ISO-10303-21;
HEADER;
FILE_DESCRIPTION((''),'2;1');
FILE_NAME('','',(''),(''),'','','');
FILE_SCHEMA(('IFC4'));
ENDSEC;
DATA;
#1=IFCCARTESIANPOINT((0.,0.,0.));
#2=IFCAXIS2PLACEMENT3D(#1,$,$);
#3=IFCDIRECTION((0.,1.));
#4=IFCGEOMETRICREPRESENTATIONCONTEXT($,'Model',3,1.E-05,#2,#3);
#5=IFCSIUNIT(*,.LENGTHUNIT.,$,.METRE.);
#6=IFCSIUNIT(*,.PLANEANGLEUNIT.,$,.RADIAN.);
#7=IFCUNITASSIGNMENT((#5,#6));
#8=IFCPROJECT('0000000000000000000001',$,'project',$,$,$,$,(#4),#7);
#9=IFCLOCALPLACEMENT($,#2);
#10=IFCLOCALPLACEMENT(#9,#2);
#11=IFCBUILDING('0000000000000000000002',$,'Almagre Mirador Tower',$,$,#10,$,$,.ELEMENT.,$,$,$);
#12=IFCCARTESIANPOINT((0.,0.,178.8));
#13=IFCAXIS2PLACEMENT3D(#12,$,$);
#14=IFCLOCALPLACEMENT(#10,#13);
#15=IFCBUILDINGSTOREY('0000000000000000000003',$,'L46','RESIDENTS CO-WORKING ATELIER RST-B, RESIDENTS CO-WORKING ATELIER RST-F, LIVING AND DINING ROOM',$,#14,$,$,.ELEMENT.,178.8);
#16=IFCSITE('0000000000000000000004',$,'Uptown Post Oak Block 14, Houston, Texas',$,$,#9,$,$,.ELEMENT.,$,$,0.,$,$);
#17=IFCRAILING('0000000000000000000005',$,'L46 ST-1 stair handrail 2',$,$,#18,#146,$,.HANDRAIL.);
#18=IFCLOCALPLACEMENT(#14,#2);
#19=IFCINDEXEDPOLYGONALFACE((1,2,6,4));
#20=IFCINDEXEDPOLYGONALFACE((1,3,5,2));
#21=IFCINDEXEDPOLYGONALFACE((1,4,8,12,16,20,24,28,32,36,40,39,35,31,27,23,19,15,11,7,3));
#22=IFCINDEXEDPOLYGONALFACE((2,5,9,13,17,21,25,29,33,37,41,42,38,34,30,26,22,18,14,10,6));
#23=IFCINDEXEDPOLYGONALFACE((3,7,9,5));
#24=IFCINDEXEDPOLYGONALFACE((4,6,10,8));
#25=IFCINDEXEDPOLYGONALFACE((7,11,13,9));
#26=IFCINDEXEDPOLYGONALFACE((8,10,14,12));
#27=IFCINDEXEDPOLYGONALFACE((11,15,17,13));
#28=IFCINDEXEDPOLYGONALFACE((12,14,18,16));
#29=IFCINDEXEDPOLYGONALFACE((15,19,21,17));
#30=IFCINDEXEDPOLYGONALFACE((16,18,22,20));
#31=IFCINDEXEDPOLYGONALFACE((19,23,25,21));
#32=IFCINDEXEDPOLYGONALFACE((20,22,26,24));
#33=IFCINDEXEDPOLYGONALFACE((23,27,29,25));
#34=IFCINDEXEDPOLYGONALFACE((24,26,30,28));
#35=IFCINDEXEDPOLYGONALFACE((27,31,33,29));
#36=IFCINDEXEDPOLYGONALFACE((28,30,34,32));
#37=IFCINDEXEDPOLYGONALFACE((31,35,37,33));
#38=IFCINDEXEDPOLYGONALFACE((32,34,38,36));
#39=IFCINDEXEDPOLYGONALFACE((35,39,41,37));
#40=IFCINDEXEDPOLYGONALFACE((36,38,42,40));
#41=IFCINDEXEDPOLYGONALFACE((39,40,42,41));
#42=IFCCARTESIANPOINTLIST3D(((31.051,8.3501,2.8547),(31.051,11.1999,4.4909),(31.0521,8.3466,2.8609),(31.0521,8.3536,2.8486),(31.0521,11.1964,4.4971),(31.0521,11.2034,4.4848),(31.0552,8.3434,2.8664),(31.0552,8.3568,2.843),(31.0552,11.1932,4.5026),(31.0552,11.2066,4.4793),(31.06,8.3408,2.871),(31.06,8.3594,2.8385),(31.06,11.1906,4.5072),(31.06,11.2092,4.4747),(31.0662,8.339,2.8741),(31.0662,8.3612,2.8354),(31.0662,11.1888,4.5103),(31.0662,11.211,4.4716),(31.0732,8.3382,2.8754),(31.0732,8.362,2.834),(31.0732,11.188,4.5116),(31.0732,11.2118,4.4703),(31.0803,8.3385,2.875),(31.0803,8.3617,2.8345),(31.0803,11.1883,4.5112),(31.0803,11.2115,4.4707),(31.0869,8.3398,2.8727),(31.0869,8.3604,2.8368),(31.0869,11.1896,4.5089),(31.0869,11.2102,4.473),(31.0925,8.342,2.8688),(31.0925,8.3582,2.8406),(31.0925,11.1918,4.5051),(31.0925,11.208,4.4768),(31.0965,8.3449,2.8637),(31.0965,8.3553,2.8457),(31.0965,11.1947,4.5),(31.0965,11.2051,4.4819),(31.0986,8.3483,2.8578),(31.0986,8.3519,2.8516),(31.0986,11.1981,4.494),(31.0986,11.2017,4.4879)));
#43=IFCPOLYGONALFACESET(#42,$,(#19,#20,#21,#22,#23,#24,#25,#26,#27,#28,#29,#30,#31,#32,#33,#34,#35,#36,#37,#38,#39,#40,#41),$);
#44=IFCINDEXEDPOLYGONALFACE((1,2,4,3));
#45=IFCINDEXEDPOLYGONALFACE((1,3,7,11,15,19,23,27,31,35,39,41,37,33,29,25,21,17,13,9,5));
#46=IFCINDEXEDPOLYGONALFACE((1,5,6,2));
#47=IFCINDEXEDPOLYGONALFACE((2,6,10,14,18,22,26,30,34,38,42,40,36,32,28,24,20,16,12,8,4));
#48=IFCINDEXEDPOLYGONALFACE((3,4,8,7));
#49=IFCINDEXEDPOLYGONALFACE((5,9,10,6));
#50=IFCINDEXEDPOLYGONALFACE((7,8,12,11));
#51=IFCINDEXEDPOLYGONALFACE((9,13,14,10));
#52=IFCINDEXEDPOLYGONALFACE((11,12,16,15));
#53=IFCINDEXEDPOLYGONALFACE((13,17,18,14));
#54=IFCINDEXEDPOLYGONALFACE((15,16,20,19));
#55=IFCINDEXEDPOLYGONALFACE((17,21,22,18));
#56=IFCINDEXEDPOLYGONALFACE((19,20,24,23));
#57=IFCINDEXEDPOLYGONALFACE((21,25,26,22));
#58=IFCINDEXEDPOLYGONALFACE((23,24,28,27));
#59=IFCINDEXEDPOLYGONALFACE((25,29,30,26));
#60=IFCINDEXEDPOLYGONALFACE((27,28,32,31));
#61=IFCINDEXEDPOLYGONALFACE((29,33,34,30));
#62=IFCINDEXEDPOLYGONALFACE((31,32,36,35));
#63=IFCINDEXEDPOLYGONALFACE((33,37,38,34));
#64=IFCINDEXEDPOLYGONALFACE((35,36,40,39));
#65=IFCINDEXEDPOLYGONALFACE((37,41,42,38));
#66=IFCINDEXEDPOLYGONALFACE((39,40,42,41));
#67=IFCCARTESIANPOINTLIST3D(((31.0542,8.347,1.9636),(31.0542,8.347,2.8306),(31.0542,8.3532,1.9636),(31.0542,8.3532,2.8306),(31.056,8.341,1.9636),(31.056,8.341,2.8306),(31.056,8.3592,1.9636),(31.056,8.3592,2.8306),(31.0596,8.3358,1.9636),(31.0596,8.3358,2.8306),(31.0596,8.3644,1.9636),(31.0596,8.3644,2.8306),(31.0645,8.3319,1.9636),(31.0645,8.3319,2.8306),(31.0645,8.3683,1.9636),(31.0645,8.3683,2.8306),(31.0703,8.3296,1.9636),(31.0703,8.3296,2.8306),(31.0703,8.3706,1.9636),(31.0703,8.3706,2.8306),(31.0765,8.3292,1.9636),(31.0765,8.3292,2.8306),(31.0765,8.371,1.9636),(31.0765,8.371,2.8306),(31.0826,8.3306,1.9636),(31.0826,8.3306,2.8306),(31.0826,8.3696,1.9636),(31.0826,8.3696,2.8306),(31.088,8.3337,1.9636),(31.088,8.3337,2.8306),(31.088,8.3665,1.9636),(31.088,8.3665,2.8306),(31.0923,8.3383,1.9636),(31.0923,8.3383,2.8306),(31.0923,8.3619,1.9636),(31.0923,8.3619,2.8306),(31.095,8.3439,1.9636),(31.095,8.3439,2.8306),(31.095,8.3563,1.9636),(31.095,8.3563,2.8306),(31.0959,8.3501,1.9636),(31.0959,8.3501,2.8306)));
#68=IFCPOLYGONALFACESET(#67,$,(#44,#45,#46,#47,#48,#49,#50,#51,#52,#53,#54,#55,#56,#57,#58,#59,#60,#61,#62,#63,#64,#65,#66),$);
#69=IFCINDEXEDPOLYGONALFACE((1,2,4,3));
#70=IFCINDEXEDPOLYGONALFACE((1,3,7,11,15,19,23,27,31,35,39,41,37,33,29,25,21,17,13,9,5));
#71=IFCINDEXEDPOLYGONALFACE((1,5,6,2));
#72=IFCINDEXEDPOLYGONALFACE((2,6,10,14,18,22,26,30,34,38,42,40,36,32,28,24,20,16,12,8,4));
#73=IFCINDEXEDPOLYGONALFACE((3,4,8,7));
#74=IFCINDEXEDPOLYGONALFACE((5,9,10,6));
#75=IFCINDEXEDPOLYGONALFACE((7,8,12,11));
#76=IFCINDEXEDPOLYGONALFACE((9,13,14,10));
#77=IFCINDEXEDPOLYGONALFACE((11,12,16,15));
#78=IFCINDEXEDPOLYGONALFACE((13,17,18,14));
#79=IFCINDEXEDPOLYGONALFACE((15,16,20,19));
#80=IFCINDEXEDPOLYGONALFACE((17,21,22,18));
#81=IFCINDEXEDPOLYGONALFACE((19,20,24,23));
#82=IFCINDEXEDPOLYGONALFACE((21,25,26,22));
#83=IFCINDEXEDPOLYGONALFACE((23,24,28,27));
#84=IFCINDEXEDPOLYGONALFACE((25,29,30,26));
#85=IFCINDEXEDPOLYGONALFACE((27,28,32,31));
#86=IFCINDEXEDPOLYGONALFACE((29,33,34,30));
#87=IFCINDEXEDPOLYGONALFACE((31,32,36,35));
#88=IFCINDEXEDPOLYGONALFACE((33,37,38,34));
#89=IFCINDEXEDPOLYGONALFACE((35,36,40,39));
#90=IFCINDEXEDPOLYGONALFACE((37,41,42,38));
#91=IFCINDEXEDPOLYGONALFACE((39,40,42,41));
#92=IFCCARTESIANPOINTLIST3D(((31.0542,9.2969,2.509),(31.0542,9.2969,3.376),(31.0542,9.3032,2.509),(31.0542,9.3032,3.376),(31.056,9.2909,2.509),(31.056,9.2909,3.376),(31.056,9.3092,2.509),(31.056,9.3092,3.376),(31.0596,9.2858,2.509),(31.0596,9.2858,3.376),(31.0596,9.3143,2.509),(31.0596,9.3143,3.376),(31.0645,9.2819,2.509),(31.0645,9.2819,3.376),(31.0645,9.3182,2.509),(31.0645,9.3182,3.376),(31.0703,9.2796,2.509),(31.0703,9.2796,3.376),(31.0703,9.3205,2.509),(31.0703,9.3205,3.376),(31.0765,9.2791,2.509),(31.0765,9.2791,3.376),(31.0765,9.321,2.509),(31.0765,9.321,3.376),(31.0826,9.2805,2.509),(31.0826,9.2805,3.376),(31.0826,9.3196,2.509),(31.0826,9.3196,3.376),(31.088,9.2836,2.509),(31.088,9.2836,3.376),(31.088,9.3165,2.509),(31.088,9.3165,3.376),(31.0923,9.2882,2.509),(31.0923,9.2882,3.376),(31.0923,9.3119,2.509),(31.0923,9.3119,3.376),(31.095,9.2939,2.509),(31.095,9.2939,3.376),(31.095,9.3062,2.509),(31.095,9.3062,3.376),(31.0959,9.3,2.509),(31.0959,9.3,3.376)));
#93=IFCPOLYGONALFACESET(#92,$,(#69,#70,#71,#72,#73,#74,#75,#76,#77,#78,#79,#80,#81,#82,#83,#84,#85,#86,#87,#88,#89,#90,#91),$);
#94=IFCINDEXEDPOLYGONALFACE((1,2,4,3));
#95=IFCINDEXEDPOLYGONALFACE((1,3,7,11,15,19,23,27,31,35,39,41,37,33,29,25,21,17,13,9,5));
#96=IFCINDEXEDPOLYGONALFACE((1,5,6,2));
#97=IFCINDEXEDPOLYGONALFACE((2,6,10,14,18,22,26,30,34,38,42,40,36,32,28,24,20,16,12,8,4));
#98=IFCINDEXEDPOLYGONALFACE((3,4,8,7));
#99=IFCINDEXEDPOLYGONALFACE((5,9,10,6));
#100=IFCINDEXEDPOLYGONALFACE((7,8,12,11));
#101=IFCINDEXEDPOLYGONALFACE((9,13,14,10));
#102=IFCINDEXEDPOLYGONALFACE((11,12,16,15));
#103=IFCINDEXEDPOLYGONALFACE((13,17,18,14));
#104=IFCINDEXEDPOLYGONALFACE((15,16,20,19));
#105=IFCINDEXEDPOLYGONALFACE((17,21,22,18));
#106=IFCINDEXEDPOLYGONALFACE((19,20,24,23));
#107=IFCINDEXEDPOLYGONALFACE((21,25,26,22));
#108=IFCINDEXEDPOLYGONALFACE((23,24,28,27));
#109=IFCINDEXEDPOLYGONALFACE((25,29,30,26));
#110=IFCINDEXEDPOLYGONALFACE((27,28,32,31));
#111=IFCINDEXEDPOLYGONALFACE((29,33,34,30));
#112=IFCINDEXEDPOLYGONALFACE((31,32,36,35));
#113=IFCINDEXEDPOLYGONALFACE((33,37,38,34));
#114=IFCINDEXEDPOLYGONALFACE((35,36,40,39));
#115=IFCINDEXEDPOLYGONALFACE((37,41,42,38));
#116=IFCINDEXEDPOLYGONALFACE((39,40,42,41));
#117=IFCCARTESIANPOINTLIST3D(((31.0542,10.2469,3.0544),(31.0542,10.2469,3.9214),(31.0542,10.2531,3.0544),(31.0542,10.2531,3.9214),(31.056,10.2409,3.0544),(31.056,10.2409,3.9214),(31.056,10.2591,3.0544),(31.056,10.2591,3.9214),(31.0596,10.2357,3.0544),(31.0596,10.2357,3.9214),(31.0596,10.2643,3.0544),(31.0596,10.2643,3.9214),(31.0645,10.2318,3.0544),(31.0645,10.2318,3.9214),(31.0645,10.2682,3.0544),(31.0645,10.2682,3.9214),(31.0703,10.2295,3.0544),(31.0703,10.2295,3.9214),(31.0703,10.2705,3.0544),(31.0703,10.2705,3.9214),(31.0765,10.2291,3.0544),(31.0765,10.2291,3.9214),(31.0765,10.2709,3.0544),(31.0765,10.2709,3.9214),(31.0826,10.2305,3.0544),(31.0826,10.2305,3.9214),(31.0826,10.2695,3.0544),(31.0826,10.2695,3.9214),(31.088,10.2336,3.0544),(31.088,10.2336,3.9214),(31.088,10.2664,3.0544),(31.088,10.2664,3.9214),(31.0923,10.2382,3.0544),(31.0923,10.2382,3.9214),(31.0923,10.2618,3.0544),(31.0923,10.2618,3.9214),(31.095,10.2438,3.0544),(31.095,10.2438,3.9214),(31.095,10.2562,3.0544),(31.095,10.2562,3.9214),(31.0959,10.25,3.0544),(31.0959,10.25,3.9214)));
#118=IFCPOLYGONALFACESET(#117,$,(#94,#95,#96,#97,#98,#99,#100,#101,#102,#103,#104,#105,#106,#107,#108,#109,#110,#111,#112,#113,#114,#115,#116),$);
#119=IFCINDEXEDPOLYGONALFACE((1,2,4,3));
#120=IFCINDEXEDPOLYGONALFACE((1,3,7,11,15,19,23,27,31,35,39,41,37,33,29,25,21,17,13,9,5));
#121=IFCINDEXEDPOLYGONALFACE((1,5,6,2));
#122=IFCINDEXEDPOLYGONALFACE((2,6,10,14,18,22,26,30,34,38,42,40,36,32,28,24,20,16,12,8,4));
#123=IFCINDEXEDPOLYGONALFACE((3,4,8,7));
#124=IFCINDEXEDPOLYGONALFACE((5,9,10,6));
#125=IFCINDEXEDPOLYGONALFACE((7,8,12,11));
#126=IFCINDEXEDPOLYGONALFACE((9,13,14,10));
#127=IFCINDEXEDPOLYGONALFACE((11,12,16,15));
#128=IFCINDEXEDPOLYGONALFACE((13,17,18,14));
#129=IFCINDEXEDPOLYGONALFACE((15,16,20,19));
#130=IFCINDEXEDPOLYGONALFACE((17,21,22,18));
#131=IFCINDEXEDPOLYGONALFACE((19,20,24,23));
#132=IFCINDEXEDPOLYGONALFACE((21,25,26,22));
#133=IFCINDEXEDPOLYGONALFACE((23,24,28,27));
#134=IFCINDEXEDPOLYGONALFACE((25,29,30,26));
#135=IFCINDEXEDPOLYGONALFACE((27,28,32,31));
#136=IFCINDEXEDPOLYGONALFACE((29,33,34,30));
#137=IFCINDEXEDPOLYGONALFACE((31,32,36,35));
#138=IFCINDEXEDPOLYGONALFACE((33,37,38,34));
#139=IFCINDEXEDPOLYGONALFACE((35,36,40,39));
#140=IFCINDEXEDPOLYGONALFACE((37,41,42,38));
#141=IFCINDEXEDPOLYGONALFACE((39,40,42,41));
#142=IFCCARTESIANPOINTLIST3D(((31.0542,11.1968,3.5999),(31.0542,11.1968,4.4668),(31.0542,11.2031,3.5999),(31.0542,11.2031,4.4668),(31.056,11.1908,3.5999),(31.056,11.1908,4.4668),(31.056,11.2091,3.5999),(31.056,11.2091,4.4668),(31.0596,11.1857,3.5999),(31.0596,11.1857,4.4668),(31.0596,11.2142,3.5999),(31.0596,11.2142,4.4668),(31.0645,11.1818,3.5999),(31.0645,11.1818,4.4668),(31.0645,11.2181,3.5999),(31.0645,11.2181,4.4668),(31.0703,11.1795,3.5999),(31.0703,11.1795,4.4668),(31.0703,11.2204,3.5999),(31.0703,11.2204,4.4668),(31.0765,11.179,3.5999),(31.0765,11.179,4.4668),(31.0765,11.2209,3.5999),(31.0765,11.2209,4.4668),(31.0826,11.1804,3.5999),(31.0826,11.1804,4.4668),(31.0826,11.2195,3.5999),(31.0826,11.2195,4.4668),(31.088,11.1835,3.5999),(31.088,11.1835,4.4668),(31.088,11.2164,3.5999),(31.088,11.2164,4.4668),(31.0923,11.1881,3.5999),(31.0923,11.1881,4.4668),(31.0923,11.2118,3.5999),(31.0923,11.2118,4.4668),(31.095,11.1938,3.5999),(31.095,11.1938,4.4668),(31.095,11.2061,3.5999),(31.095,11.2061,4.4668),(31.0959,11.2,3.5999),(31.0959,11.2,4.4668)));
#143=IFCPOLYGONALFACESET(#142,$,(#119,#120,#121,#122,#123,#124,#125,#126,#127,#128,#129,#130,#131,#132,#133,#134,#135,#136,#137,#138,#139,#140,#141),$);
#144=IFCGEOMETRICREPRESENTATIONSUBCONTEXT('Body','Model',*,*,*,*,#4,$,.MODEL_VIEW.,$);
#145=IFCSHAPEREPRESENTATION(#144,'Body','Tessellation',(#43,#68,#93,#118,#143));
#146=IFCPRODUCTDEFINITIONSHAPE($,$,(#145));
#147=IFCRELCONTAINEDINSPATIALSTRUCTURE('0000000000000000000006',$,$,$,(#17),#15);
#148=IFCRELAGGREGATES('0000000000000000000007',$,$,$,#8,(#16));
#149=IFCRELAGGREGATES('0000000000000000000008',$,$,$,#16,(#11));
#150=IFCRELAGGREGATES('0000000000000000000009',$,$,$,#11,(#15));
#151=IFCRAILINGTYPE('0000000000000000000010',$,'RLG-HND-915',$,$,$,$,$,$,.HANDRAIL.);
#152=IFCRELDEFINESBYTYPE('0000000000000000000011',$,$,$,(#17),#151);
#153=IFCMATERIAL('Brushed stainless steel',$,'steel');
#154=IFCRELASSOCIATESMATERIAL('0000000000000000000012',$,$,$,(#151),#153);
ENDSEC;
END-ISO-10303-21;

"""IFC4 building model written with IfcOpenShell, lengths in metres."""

from ifc_helpers import new_model, si_unit, direction, frame, origin, origin_2d, place, context, subcontext, project, spatial, circle, extrude, material, type_object, element, save


model = new_model("IFC4")

# Units and contexts
model_context = context("Model", 3, precision=1e-05, world=origin(), true_north=direction((0.0, 1.0)))
body_context = subcontext(model_context, "Body", "Model", "MODEL_VIEW")
ifc_project = project(units=[si_unit("LENGTHUNIT", "METRE"), si_unit("PLANEANGLEUNIT", "RADIAN")], contexts=[model_context])

# Site, building, storey
site_placement = place(None, origin())
site = spatial("IfcSite", under=ifc_project, at=site_placement, Name="Uptown Post Oak Block 14, Houston, Texas", CompositionType="ELEMENT", RefElevation=0.0)
building_placement = place(site_placement, origin())
building = spatial("IfcBuilding", under=site, at=building_placement, Name="Almagre Mirador Tower", CompositionType="ELEMENT")
storey_placement = place(building_placement, frame((0.0, 0.0, 178.8)))
storey = spatial("IfcBuildingStorey", under=building, at=storey_placement, Name="L46", Description="RESIDENTS CO-WORKING ATELIER RST-B, RESIDENTS CO-WORKING ATELIER RST-F, LIVING AND DINING ROOM", CompositionType="ELEMENT", Elevation=178.8)

# Railing
ifc_material_1 = material(Name="Brushed stainless steel", Category="steel")
railing_type_1 = type_object("IfcRailingType", Name="RLG-HND-915", PredefinedType="HANDRAIL", material=ifc_material_1)
railing_1_placement = place(storey_placement, frame((31.075, 8.3501, 1.9636)))
element("IfcRailing", 1, at=railing_1_placement, inside=storey, type_object=railing_type_1, Name="L46 ST-1 stair handrail 2", PredefinedType="HANDRAIL", context=body_context, shape_type="SweptSolid", body=[
    extrude(circle(Radius=0.0239, at=origin_2d()), frame((0.0, 0.0, 0.8911), z_axis=(0.0, 0.867226, 0.497914), x_axis=(-1.0, 0.0, 0.0)), (0.0, 0.0, 1.0), 3.2861),
    extrude(circle(Radius=0.021, at=origin_2d()), origin(), (0.0, 0.0, 1.0), 0.8669),
    extrude(circle(Radius=0.021, at=origin_2d()), frame((0.0, 0.95, 0.5454)), (0.0, 0.0, 1.0), 0.8669),
    extrude(circle(Radius=0.021, at=origin_2d()), frame((0.0, 1.8999, 1.0908)), (0.0, 0.0, 1.0), 0.8669),
    extrude(circle(Radius=0.021, at=origin_2d()), frame((0.0, 2.8499, 1.6362)), (0.0, 0.0, 1.0), 0.8669),
])

save(model, "model.ifc")
